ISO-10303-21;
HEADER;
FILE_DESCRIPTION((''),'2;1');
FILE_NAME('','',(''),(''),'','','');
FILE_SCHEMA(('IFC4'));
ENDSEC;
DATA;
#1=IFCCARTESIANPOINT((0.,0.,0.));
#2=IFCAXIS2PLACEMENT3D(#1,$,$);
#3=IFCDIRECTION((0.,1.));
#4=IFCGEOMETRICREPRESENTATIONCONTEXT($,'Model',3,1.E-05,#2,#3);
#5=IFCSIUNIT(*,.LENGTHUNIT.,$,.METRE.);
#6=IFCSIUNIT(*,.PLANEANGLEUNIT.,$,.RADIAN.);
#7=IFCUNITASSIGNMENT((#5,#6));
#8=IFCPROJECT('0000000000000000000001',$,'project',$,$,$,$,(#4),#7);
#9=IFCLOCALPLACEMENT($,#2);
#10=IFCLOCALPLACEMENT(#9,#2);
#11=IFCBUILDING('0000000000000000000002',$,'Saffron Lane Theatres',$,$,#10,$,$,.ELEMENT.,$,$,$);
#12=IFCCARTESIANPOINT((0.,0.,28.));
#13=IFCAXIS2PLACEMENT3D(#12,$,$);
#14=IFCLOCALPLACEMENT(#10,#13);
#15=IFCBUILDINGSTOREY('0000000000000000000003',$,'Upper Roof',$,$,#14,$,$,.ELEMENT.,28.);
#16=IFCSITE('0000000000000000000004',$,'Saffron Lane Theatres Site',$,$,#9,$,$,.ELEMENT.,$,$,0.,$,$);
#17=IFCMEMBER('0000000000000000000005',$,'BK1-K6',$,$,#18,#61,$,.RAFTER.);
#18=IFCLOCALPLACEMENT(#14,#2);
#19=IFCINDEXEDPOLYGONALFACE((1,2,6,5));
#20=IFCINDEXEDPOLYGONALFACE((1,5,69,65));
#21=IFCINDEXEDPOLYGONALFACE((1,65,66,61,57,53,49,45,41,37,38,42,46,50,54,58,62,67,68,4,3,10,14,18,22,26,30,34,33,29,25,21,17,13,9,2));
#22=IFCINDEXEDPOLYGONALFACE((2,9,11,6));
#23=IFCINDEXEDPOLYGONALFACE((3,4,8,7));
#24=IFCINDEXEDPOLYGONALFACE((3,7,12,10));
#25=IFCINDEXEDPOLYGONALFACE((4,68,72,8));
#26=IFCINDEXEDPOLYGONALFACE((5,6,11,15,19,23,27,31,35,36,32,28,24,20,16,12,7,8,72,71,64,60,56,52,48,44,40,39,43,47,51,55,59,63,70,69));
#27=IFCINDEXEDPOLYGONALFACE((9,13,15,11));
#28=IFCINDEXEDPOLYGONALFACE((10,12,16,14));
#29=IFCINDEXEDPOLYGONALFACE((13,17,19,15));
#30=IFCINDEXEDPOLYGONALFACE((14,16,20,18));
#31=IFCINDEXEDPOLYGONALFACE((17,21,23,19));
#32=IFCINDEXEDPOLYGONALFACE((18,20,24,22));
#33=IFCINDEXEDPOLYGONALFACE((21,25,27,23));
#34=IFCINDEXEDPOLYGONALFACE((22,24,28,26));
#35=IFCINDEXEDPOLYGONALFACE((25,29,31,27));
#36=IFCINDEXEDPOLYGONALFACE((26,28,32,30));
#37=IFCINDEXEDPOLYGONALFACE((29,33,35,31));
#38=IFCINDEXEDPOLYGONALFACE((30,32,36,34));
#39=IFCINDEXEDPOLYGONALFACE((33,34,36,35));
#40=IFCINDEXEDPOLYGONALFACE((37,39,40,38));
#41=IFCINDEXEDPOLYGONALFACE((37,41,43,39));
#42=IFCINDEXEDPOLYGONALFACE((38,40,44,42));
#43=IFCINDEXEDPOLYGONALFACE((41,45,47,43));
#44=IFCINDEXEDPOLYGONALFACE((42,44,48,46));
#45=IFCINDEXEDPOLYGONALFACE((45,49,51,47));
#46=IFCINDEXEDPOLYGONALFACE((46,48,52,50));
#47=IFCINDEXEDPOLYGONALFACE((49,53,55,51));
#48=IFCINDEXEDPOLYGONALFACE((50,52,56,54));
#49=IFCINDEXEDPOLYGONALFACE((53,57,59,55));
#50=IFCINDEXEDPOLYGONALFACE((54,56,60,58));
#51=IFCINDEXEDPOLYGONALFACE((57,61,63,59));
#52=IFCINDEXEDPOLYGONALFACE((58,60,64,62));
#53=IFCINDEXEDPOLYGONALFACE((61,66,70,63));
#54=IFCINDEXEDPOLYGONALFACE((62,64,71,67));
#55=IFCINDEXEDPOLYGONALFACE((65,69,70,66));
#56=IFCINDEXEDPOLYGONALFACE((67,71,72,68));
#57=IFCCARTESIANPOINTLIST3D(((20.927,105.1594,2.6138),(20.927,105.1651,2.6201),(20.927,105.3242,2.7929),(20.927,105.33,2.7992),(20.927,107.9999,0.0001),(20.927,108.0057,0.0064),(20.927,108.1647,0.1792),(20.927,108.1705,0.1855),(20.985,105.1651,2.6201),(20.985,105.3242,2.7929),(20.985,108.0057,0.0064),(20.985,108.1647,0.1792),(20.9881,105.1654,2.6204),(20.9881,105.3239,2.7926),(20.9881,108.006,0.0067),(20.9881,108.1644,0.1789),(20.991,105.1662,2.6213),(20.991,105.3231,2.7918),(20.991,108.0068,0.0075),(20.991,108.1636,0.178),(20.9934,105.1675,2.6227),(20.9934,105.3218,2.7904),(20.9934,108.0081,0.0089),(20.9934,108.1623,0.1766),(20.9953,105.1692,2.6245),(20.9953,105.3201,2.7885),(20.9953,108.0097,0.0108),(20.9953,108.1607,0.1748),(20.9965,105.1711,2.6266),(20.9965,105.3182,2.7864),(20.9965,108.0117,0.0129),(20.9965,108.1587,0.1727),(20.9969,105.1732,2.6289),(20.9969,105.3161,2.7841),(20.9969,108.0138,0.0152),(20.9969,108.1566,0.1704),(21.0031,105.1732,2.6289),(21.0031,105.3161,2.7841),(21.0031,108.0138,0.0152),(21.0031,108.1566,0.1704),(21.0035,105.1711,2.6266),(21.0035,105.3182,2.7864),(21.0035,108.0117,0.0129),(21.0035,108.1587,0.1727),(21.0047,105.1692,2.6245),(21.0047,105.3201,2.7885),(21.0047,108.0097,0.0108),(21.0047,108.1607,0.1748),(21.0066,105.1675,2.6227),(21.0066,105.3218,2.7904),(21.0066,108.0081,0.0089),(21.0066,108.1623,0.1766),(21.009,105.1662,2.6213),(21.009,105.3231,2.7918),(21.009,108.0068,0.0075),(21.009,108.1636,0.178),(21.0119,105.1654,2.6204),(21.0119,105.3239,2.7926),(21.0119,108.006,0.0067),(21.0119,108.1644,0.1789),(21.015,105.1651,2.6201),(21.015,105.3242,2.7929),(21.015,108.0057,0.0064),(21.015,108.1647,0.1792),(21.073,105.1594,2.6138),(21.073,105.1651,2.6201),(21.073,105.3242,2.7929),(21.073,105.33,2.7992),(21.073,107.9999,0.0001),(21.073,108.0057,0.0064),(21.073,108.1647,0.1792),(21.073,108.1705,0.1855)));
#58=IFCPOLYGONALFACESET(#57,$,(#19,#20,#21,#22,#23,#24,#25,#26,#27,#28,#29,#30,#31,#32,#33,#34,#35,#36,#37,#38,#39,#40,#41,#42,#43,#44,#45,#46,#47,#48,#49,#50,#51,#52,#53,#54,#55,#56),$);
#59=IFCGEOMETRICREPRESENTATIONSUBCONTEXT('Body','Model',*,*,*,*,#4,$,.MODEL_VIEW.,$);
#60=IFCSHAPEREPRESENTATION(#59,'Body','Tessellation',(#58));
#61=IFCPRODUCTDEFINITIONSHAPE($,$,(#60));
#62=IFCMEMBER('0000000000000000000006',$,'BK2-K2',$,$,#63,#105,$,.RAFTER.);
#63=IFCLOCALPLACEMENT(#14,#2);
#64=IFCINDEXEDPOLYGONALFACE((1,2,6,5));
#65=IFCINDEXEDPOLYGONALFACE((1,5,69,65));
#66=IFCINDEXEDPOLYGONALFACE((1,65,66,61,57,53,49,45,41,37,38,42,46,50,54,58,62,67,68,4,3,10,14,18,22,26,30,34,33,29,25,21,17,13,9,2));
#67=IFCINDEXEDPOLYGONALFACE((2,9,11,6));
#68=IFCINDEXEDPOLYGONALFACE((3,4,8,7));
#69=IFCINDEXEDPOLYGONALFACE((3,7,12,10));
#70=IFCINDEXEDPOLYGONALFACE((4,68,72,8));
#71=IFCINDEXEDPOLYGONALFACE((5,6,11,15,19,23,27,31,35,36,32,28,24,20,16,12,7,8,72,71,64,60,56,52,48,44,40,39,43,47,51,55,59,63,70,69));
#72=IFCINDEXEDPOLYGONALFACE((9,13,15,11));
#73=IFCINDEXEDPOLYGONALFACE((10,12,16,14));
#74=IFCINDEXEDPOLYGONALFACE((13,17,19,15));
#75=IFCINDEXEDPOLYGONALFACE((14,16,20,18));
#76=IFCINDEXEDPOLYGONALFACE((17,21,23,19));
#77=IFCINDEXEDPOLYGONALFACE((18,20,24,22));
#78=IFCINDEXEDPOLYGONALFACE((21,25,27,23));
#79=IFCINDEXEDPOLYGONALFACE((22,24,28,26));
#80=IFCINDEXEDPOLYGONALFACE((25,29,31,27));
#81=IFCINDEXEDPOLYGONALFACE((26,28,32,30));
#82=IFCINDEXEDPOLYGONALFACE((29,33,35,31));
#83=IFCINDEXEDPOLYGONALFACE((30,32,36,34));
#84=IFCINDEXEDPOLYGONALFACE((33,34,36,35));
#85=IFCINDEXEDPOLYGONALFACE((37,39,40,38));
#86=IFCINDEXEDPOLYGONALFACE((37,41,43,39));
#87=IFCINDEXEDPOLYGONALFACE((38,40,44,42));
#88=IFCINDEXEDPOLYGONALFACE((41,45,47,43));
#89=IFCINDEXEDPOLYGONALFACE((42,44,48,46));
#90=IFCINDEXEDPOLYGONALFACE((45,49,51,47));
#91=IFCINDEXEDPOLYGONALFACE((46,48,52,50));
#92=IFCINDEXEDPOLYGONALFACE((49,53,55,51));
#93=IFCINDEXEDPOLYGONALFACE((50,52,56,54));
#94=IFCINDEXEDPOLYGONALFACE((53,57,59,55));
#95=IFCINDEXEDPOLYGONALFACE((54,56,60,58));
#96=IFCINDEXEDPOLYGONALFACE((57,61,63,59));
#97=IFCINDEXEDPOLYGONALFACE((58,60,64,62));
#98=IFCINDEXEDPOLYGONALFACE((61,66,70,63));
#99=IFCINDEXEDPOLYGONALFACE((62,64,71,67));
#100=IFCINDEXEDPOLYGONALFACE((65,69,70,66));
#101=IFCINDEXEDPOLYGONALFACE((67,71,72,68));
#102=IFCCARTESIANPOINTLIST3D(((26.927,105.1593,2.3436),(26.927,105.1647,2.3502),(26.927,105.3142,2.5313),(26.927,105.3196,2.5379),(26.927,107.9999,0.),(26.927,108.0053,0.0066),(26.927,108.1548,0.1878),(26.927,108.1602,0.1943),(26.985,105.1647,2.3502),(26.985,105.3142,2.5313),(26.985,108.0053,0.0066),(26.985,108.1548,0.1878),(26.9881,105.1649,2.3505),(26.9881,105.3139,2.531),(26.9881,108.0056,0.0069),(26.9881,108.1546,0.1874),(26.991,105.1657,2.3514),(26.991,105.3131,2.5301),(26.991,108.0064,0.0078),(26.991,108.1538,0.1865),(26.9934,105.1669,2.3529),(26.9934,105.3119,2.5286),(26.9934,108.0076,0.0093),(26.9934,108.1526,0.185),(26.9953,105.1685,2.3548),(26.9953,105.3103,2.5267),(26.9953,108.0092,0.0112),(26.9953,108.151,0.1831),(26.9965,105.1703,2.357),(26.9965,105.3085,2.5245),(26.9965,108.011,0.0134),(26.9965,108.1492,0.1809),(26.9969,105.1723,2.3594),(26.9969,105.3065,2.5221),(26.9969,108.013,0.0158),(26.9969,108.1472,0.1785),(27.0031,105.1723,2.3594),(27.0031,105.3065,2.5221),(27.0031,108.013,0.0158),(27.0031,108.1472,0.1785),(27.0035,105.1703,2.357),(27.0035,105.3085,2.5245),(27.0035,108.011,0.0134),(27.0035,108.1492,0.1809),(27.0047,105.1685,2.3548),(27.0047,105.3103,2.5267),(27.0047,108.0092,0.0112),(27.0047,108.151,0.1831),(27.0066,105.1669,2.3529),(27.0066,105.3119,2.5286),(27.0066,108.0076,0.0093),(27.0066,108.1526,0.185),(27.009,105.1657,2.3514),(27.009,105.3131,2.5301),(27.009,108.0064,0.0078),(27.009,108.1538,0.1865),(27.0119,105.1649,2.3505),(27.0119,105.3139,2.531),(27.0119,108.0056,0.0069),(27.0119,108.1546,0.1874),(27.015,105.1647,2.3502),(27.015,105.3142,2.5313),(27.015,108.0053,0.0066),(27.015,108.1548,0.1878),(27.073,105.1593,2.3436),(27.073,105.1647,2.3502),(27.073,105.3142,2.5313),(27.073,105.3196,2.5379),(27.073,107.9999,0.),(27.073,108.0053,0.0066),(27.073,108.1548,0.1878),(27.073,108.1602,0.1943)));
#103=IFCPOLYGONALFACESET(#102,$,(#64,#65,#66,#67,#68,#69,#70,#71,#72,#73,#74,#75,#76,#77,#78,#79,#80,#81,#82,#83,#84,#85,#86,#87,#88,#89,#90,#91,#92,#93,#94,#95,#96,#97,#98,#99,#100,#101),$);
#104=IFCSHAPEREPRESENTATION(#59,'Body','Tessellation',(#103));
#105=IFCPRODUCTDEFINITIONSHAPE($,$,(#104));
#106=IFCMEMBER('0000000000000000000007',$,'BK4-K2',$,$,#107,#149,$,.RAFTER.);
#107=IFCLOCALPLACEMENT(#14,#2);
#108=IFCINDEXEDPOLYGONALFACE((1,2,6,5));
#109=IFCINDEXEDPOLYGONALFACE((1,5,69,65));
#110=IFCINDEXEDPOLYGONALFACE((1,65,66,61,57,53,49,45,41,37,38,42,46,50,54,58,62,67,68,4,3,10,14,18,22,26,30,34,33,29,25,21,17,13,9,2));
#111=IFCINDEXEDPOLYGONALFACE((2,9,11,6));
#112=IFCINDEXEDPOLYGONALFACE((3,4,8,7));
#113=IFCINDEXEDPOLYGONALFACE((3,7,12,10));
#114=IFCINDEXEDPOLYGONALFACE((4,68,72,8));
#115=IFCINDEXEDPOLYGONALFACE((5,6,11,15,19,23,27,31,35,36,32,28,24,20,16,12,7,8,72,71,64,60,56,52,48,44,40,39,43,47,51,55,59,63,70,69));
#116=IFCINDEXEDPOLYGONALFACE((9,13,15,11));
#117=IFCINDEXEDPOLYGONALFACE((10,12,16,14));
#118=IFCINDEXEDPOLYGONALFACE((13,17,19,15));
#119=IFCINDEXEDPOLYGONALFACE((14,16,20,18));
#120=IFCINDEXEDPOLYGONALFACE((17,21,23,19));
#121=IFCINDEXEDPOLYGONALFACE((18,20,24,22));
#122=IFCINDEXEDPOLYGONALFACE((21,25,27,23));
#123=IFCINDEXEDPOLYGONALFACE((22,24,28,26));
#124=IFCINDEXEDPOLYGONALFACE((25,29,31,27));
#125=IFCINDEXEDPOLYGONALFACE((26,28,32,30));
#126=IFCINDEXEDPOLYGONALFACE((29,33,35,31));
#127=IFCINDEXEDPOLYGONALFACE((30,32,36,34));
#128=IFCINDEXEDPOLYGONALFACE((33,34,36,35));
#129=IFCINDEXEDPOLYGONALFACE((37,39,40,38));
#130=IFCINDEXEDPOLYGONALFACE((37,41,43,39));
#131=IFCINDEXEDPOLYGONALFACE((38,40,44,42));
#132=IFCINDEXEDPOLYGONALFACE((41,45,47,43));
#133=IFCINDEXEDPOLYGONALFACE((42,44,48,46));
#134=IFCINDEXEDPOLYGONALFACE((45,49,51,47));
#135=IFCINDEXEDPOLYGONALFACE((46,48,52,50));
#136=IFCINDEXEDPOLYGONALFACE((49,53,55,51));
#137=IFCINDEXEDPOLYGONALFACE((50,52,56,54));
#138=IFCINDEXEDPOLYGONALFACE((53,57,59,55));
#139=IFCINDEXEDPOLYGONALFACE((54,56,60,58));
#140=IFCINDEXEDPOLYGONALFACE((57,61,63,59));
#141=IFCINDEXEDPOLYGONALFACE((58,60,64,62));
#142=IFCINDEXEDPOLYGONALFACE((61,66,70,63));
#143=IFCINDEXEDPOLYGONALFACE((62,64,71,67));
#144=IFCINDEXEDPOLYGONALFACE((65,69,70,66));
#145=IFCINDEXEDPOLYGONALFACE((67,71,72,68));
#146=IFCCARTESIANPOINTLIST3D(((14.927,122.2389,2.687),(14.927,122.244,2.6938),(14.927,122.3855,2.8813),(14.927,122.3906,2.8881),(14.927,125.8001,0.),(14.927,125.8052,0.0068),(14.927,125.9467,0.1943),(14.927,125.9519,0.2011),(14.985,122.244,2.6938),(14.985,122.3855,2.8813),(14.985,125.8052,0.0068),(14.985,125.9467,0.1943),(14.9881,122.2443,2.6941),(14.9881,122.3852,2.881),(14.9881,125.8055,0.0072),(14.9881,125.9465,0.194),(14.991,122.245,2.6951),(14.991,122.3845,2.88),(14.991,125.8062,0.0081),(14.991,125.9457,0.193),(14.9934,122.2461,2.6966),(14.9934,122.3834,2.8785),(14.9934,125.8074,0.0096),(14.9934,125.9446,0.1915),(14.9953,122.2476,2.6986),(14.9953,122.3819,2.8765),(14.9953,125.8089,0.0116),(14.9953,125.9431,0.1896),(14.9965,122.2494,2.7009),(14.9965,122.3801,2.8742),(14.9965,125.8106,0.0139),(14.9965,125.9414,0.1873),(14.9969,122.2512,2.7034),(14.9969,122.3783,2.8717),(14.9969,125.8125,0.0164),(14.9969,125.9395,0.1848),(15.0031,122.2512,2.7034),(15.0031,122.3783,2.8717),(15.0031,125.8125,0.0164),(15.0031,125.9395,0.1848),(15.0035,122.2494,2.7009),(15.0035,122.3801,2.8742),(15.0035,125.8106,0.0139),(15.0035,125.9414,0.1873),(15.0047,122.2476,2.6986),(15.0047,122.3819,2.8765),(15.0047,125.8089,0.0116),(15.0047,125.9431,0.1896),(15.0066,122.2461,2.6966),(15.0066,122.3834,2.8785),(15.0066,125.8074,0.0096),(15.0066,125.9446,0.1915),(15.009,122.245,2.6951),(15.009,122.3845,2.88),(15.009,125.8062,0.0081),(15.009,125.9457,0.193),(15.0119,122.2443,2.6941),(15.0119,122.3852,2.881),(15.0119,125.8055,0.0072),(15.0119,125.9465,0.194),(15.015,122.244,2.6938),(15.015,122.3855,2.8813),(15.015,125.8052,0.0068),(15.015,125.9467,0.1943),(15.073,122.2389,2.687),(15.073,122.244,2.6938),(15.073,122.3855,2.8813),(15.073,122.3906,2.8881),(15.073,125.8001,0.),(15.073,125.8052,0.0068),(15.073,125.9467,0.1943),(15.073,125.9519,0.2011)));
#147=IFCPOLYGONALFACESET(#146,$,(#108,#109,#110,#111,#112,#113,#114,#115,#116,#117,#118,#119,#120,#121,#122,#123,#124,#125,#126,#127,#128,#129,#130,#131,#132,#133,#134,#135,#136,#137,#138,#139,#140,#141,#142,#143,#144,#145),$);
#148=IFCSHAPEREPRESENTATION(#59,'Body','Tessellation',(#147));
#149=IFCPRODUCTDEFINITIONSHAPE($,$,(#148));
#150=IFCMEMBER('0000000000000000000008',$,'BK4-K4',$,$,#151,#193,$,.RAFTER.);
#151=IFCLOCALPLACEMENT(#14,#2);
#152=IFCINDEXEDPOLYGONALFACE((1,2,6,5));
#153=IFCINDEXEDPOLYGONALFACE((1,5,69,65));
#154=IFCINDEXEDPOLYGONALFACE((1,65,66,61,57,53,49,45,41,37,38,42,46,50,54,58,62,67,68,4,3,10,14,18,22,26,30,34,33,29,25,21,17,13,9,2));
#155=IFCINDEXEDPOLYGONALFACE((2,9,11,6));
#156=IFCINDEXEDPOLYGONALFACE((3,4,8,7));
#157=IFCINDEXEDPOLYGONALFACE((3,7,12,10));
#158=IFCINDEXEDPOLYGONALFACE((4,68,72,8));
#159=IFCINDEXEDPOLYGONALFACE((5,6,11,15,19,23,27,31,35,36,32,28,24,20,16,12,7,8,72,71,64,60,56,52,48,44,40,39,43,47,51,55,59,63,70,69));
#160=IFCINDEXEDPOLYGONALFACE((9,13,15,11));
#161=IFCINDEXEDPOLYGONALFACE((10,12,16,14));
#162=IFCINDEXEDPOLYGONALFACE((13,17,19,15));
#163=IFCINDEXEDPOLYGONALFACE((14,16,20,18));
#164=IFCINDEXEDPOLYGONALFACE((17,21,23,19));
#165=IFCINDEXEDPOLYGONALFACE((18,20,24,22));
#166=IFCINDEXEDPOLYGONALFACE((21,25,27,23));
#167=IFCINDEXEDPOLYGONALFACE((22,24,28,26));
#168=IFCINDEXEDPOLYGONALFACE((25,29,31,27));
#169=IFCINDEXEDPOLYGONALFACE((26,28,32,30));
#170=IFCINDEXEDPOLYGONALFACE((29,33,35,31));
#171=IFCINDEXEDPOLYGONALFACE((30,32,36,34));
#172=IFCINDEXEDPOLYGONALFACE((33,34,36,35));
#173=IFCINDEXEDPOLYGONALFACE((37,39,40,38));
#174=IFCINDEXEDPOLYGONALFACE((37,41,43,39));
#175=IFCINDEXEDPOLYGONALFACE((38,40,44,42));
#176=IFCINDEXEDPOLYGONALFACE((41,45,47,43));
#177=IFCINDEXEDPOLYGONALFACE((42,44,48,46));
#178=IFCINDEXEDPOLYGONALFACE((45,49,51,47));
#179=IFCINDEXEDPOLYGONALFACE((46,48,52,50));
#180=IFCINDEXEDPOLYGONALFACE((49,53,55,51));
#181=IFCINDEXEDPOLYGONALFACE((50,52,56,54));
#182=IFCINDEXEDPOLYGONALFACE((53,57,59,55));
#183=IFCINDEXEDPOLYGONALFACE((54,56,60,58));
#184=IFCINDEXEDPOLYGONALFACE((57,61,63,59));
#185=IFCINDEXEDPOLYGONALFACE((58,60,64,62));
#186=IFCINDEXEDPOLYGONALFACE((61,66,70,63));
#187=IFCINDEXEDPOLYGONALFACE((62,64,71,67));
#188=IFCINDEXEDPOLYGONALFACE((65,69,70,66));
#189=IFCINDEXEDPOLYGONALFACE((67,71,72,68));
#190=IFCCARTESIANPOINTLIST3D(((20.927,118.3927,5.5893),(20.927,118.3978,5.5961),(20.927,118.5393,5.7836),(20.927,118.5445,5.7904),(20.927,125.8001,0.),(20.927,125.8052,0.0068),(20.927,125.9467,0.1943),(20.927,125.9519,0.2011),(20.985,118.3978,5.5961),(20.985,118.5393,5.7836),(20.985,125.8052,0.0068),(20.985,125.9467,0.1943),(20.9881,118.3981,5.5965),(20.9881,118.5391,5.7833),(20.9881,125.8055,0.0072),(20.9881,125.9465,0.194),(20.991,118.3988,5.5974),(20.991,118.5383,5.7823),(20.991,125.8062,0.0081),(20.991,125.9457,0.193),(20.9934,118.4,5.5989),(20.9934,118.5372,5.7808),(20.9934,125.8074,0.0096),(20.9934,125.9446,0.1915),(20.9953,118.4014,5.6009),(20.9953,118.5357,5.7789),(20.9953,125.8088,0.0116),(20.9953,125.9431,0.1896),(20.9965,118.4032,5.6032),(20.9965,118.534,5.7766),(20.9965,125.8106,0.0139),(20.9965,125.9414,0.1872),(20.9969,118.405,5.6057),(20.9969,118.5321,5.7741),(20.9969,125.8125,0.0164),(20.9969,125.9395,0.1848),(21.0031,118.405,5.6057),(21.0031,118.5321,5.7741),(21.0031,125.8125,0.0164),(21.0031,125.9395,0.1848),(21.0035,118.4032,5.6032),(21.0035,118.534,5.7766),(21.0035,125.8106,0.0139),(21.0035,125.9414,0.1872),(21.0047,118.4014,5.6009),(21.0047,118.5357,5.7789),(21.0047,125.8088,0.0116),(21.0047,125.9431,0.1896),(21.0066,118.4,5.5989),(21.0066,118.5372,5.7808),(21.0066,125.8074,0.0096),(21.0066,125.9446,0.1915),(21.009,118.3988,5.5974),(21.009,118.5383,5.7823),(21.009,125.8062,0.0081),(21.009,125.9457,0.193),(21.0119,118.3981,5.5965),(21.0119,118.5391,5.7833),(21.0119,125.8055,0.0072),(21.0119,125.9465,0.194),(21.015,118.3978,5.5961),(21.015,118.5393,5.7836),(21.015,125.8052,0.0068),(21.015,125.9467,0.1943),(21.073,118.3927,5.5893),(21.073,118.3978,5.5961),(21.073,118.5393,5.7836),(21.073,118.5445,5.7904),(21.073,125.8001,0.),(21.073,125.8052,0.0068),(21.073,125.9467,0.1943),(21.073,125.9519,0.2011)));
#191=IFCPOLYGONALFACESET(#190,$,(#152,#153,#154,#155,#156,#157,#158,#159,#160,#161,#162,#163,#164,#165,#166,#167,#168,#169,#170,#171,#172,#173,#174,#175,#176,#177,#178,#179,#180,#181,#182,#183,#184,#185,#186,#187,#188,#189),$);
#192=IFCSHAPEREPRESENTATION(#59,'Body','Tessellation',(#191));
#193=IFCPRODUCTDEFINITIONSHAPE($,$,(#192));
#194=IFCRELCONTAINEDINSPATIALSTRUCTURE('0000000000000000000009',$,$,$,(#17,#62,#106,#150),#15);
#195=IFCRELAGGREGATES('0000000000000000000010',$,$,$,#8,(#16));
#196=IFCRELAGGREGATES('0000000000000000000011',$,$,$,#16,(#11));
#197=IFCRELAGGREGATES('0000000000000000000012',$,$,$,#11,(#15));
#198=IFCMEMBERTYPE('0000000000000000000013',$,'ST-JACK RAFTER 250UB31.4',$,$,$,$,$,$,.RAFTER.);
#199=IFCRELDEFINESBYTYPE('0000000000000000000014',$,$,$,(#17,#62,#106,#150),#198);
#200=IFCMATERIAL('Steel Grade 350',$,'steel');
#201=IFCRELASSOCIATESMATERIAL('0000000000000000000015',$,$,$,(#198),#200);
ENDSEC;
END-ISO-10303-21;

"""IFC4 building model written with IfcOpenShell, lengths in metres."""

from ifc_helpers import new_model, si_unit, direction, frame, origin, origin_2d, place, context, subcontext, project, spatial, i_section, extrude, material, material_profile, profile_set, type_object, element, save


model = new_model("IFC4")

# Units and contexts
model_context = context("Model", 3, precision=1e-05, world=origin(), true_north=direction((0.0, 1.0)))
body_context = subcontext(model_context, "Body", "Model", "MODEL_VIEW")
ifc_project = project(units=[si_unit("LENGTHUNIT", "METRE"), si_unit("PLANEANGLEUNIT", "RADIAN")], contexts=[model_context])

# Site, building, storey
site_placement = place(None, origin())
site = spatial("IfcSite", under=ifc_project, at=site_placement, Name="Saffron Lane Theatres Site", CompositionType="ELEMENT", RefElevation=0.0)
building_placement = place(site_placement, origin())
building = spatial("IfcBuilding", under=site, at=building_placement, Name="Saffron Lane Theatres", CompositionType="ELEMENT")
storey_placement = place(building_placement, frame((0.0, 0.0, 28.0)))
storey = spatial("IfcBuildingStorey", under=building, at=storey_placement, Name="Upper Roof", CompositionType="ELEMENT", Elevation=28.0)

# Members
ifc_material_1 = material(Name="Steel Grade 350", Category="steel")
ifc_material_profile_1 = material_profile(ifc_material_1, i_section(OverallWidth=0.146, OverallDepth=0.252, WebThickness=0.0061, FlangeThickness=0.0085, FilletRadius=0.012, at=origin_2d()))
ifc_profile_set_1 = profile_set([ifc_material_profile_1], Name="Steel Grade 350")
member_type_1 = type_object("IfcMemberType", Name="ST-JACK RAFTER 250UB31.4", PredefinedType="RAFTER", material=ifc_profile_set_1)
member_1_placement = place(storey_placement, frame((21.0, 108.0852, 0.0928), z_axis=(0.0, -0.735874, 0.677118), x_axis=(1.0, 0.0, 0.0)))
element("IfcMember", 1, at=member_1_placement, inside=storey, type_object=member_type_1, Name="BK1-K6", PredefinedType="RAFTER", context=body_context, shape_type="SweptSolid", body=[
    extrude(i_section(OverallWidth=0.146, OverallDepth=0.252, WebThickness=0.0061, FlangeThickness=0.0085, FilletRadius=0.012, at=origin_2d()), origin(), (0.0, 0.0, 1.0), 3.8601),
])
member_2_placement = place(storey_placement, frame((27.0, 108.0801, 0.0972), z_axis=(0.0, -0.771369, 0.636388), x_axis=(1.0, 0.0, 0.0)))
element("IfcMember", 2, at=member_2_placement, inside=storey, type_object=member_type_1, Name="BK2-K2", PredefinedType="RAFTER", context=body_context, shape_type="SweptSolid", body=[
    extrude(i_section(OverallWidth=0.146, OverallDepth=0.252, WebThickness=0.0061, FlangeThickness=0.0085, FilletRadius=0.012, at=origin_2d()), origin(), (0.0, 0.0, 1.0), 3.6826),
])
member_3_placement = place(storey_placement, frame((15.0, 125.876, 0.1006), z_axis=(0.0, -0.79827, 0.6023), x_axis=(1.0, 0.0, 0.0)))
element("IfcMember", 3, at=member_3_placement, inside=storey, type_object=member_type_1, Name="BK4-K2", PredefinedType="RAFTER", context=body_context, shape_type="SweptSolid", body=[
    extrude(i_section(OverallWidth=0.146, OverallDepth=0.252, WebThickness=0.0061, FlangeThickness=0.0085, FilletRadius=0.012, at=origin_2d()), origin(), (0.0, 0.0, 1.0), 4.4612),
])
for number, where, z_axis, x_axis, name in (
    (4, (21.0, 125.876, 0.1006), (0.0, -0.798251, 0.602325), (1.0, 0.0, 0.0), "BK4-K4"),
):
    element("IfcMember", number, at=place(storey_placement, frame(where, z_axis=z_axis, x_axis=x_axis)), inside=storey, type_object=member_type_1, Name=name, PredefinedType="RAFTER", context=body_context, shape_type="SweptSolid", body=[
        extrude(i_section(OverallWidth=0.146, OverallDepth=0.252, WebThickness=0.0061, FlangeThickness=0.0085, FilletRadius=0.012, at=origin_2d()), origin(), (0.0, 0.0, 1.0), 9.2795),
    ])

save(model, "model.ifc")
